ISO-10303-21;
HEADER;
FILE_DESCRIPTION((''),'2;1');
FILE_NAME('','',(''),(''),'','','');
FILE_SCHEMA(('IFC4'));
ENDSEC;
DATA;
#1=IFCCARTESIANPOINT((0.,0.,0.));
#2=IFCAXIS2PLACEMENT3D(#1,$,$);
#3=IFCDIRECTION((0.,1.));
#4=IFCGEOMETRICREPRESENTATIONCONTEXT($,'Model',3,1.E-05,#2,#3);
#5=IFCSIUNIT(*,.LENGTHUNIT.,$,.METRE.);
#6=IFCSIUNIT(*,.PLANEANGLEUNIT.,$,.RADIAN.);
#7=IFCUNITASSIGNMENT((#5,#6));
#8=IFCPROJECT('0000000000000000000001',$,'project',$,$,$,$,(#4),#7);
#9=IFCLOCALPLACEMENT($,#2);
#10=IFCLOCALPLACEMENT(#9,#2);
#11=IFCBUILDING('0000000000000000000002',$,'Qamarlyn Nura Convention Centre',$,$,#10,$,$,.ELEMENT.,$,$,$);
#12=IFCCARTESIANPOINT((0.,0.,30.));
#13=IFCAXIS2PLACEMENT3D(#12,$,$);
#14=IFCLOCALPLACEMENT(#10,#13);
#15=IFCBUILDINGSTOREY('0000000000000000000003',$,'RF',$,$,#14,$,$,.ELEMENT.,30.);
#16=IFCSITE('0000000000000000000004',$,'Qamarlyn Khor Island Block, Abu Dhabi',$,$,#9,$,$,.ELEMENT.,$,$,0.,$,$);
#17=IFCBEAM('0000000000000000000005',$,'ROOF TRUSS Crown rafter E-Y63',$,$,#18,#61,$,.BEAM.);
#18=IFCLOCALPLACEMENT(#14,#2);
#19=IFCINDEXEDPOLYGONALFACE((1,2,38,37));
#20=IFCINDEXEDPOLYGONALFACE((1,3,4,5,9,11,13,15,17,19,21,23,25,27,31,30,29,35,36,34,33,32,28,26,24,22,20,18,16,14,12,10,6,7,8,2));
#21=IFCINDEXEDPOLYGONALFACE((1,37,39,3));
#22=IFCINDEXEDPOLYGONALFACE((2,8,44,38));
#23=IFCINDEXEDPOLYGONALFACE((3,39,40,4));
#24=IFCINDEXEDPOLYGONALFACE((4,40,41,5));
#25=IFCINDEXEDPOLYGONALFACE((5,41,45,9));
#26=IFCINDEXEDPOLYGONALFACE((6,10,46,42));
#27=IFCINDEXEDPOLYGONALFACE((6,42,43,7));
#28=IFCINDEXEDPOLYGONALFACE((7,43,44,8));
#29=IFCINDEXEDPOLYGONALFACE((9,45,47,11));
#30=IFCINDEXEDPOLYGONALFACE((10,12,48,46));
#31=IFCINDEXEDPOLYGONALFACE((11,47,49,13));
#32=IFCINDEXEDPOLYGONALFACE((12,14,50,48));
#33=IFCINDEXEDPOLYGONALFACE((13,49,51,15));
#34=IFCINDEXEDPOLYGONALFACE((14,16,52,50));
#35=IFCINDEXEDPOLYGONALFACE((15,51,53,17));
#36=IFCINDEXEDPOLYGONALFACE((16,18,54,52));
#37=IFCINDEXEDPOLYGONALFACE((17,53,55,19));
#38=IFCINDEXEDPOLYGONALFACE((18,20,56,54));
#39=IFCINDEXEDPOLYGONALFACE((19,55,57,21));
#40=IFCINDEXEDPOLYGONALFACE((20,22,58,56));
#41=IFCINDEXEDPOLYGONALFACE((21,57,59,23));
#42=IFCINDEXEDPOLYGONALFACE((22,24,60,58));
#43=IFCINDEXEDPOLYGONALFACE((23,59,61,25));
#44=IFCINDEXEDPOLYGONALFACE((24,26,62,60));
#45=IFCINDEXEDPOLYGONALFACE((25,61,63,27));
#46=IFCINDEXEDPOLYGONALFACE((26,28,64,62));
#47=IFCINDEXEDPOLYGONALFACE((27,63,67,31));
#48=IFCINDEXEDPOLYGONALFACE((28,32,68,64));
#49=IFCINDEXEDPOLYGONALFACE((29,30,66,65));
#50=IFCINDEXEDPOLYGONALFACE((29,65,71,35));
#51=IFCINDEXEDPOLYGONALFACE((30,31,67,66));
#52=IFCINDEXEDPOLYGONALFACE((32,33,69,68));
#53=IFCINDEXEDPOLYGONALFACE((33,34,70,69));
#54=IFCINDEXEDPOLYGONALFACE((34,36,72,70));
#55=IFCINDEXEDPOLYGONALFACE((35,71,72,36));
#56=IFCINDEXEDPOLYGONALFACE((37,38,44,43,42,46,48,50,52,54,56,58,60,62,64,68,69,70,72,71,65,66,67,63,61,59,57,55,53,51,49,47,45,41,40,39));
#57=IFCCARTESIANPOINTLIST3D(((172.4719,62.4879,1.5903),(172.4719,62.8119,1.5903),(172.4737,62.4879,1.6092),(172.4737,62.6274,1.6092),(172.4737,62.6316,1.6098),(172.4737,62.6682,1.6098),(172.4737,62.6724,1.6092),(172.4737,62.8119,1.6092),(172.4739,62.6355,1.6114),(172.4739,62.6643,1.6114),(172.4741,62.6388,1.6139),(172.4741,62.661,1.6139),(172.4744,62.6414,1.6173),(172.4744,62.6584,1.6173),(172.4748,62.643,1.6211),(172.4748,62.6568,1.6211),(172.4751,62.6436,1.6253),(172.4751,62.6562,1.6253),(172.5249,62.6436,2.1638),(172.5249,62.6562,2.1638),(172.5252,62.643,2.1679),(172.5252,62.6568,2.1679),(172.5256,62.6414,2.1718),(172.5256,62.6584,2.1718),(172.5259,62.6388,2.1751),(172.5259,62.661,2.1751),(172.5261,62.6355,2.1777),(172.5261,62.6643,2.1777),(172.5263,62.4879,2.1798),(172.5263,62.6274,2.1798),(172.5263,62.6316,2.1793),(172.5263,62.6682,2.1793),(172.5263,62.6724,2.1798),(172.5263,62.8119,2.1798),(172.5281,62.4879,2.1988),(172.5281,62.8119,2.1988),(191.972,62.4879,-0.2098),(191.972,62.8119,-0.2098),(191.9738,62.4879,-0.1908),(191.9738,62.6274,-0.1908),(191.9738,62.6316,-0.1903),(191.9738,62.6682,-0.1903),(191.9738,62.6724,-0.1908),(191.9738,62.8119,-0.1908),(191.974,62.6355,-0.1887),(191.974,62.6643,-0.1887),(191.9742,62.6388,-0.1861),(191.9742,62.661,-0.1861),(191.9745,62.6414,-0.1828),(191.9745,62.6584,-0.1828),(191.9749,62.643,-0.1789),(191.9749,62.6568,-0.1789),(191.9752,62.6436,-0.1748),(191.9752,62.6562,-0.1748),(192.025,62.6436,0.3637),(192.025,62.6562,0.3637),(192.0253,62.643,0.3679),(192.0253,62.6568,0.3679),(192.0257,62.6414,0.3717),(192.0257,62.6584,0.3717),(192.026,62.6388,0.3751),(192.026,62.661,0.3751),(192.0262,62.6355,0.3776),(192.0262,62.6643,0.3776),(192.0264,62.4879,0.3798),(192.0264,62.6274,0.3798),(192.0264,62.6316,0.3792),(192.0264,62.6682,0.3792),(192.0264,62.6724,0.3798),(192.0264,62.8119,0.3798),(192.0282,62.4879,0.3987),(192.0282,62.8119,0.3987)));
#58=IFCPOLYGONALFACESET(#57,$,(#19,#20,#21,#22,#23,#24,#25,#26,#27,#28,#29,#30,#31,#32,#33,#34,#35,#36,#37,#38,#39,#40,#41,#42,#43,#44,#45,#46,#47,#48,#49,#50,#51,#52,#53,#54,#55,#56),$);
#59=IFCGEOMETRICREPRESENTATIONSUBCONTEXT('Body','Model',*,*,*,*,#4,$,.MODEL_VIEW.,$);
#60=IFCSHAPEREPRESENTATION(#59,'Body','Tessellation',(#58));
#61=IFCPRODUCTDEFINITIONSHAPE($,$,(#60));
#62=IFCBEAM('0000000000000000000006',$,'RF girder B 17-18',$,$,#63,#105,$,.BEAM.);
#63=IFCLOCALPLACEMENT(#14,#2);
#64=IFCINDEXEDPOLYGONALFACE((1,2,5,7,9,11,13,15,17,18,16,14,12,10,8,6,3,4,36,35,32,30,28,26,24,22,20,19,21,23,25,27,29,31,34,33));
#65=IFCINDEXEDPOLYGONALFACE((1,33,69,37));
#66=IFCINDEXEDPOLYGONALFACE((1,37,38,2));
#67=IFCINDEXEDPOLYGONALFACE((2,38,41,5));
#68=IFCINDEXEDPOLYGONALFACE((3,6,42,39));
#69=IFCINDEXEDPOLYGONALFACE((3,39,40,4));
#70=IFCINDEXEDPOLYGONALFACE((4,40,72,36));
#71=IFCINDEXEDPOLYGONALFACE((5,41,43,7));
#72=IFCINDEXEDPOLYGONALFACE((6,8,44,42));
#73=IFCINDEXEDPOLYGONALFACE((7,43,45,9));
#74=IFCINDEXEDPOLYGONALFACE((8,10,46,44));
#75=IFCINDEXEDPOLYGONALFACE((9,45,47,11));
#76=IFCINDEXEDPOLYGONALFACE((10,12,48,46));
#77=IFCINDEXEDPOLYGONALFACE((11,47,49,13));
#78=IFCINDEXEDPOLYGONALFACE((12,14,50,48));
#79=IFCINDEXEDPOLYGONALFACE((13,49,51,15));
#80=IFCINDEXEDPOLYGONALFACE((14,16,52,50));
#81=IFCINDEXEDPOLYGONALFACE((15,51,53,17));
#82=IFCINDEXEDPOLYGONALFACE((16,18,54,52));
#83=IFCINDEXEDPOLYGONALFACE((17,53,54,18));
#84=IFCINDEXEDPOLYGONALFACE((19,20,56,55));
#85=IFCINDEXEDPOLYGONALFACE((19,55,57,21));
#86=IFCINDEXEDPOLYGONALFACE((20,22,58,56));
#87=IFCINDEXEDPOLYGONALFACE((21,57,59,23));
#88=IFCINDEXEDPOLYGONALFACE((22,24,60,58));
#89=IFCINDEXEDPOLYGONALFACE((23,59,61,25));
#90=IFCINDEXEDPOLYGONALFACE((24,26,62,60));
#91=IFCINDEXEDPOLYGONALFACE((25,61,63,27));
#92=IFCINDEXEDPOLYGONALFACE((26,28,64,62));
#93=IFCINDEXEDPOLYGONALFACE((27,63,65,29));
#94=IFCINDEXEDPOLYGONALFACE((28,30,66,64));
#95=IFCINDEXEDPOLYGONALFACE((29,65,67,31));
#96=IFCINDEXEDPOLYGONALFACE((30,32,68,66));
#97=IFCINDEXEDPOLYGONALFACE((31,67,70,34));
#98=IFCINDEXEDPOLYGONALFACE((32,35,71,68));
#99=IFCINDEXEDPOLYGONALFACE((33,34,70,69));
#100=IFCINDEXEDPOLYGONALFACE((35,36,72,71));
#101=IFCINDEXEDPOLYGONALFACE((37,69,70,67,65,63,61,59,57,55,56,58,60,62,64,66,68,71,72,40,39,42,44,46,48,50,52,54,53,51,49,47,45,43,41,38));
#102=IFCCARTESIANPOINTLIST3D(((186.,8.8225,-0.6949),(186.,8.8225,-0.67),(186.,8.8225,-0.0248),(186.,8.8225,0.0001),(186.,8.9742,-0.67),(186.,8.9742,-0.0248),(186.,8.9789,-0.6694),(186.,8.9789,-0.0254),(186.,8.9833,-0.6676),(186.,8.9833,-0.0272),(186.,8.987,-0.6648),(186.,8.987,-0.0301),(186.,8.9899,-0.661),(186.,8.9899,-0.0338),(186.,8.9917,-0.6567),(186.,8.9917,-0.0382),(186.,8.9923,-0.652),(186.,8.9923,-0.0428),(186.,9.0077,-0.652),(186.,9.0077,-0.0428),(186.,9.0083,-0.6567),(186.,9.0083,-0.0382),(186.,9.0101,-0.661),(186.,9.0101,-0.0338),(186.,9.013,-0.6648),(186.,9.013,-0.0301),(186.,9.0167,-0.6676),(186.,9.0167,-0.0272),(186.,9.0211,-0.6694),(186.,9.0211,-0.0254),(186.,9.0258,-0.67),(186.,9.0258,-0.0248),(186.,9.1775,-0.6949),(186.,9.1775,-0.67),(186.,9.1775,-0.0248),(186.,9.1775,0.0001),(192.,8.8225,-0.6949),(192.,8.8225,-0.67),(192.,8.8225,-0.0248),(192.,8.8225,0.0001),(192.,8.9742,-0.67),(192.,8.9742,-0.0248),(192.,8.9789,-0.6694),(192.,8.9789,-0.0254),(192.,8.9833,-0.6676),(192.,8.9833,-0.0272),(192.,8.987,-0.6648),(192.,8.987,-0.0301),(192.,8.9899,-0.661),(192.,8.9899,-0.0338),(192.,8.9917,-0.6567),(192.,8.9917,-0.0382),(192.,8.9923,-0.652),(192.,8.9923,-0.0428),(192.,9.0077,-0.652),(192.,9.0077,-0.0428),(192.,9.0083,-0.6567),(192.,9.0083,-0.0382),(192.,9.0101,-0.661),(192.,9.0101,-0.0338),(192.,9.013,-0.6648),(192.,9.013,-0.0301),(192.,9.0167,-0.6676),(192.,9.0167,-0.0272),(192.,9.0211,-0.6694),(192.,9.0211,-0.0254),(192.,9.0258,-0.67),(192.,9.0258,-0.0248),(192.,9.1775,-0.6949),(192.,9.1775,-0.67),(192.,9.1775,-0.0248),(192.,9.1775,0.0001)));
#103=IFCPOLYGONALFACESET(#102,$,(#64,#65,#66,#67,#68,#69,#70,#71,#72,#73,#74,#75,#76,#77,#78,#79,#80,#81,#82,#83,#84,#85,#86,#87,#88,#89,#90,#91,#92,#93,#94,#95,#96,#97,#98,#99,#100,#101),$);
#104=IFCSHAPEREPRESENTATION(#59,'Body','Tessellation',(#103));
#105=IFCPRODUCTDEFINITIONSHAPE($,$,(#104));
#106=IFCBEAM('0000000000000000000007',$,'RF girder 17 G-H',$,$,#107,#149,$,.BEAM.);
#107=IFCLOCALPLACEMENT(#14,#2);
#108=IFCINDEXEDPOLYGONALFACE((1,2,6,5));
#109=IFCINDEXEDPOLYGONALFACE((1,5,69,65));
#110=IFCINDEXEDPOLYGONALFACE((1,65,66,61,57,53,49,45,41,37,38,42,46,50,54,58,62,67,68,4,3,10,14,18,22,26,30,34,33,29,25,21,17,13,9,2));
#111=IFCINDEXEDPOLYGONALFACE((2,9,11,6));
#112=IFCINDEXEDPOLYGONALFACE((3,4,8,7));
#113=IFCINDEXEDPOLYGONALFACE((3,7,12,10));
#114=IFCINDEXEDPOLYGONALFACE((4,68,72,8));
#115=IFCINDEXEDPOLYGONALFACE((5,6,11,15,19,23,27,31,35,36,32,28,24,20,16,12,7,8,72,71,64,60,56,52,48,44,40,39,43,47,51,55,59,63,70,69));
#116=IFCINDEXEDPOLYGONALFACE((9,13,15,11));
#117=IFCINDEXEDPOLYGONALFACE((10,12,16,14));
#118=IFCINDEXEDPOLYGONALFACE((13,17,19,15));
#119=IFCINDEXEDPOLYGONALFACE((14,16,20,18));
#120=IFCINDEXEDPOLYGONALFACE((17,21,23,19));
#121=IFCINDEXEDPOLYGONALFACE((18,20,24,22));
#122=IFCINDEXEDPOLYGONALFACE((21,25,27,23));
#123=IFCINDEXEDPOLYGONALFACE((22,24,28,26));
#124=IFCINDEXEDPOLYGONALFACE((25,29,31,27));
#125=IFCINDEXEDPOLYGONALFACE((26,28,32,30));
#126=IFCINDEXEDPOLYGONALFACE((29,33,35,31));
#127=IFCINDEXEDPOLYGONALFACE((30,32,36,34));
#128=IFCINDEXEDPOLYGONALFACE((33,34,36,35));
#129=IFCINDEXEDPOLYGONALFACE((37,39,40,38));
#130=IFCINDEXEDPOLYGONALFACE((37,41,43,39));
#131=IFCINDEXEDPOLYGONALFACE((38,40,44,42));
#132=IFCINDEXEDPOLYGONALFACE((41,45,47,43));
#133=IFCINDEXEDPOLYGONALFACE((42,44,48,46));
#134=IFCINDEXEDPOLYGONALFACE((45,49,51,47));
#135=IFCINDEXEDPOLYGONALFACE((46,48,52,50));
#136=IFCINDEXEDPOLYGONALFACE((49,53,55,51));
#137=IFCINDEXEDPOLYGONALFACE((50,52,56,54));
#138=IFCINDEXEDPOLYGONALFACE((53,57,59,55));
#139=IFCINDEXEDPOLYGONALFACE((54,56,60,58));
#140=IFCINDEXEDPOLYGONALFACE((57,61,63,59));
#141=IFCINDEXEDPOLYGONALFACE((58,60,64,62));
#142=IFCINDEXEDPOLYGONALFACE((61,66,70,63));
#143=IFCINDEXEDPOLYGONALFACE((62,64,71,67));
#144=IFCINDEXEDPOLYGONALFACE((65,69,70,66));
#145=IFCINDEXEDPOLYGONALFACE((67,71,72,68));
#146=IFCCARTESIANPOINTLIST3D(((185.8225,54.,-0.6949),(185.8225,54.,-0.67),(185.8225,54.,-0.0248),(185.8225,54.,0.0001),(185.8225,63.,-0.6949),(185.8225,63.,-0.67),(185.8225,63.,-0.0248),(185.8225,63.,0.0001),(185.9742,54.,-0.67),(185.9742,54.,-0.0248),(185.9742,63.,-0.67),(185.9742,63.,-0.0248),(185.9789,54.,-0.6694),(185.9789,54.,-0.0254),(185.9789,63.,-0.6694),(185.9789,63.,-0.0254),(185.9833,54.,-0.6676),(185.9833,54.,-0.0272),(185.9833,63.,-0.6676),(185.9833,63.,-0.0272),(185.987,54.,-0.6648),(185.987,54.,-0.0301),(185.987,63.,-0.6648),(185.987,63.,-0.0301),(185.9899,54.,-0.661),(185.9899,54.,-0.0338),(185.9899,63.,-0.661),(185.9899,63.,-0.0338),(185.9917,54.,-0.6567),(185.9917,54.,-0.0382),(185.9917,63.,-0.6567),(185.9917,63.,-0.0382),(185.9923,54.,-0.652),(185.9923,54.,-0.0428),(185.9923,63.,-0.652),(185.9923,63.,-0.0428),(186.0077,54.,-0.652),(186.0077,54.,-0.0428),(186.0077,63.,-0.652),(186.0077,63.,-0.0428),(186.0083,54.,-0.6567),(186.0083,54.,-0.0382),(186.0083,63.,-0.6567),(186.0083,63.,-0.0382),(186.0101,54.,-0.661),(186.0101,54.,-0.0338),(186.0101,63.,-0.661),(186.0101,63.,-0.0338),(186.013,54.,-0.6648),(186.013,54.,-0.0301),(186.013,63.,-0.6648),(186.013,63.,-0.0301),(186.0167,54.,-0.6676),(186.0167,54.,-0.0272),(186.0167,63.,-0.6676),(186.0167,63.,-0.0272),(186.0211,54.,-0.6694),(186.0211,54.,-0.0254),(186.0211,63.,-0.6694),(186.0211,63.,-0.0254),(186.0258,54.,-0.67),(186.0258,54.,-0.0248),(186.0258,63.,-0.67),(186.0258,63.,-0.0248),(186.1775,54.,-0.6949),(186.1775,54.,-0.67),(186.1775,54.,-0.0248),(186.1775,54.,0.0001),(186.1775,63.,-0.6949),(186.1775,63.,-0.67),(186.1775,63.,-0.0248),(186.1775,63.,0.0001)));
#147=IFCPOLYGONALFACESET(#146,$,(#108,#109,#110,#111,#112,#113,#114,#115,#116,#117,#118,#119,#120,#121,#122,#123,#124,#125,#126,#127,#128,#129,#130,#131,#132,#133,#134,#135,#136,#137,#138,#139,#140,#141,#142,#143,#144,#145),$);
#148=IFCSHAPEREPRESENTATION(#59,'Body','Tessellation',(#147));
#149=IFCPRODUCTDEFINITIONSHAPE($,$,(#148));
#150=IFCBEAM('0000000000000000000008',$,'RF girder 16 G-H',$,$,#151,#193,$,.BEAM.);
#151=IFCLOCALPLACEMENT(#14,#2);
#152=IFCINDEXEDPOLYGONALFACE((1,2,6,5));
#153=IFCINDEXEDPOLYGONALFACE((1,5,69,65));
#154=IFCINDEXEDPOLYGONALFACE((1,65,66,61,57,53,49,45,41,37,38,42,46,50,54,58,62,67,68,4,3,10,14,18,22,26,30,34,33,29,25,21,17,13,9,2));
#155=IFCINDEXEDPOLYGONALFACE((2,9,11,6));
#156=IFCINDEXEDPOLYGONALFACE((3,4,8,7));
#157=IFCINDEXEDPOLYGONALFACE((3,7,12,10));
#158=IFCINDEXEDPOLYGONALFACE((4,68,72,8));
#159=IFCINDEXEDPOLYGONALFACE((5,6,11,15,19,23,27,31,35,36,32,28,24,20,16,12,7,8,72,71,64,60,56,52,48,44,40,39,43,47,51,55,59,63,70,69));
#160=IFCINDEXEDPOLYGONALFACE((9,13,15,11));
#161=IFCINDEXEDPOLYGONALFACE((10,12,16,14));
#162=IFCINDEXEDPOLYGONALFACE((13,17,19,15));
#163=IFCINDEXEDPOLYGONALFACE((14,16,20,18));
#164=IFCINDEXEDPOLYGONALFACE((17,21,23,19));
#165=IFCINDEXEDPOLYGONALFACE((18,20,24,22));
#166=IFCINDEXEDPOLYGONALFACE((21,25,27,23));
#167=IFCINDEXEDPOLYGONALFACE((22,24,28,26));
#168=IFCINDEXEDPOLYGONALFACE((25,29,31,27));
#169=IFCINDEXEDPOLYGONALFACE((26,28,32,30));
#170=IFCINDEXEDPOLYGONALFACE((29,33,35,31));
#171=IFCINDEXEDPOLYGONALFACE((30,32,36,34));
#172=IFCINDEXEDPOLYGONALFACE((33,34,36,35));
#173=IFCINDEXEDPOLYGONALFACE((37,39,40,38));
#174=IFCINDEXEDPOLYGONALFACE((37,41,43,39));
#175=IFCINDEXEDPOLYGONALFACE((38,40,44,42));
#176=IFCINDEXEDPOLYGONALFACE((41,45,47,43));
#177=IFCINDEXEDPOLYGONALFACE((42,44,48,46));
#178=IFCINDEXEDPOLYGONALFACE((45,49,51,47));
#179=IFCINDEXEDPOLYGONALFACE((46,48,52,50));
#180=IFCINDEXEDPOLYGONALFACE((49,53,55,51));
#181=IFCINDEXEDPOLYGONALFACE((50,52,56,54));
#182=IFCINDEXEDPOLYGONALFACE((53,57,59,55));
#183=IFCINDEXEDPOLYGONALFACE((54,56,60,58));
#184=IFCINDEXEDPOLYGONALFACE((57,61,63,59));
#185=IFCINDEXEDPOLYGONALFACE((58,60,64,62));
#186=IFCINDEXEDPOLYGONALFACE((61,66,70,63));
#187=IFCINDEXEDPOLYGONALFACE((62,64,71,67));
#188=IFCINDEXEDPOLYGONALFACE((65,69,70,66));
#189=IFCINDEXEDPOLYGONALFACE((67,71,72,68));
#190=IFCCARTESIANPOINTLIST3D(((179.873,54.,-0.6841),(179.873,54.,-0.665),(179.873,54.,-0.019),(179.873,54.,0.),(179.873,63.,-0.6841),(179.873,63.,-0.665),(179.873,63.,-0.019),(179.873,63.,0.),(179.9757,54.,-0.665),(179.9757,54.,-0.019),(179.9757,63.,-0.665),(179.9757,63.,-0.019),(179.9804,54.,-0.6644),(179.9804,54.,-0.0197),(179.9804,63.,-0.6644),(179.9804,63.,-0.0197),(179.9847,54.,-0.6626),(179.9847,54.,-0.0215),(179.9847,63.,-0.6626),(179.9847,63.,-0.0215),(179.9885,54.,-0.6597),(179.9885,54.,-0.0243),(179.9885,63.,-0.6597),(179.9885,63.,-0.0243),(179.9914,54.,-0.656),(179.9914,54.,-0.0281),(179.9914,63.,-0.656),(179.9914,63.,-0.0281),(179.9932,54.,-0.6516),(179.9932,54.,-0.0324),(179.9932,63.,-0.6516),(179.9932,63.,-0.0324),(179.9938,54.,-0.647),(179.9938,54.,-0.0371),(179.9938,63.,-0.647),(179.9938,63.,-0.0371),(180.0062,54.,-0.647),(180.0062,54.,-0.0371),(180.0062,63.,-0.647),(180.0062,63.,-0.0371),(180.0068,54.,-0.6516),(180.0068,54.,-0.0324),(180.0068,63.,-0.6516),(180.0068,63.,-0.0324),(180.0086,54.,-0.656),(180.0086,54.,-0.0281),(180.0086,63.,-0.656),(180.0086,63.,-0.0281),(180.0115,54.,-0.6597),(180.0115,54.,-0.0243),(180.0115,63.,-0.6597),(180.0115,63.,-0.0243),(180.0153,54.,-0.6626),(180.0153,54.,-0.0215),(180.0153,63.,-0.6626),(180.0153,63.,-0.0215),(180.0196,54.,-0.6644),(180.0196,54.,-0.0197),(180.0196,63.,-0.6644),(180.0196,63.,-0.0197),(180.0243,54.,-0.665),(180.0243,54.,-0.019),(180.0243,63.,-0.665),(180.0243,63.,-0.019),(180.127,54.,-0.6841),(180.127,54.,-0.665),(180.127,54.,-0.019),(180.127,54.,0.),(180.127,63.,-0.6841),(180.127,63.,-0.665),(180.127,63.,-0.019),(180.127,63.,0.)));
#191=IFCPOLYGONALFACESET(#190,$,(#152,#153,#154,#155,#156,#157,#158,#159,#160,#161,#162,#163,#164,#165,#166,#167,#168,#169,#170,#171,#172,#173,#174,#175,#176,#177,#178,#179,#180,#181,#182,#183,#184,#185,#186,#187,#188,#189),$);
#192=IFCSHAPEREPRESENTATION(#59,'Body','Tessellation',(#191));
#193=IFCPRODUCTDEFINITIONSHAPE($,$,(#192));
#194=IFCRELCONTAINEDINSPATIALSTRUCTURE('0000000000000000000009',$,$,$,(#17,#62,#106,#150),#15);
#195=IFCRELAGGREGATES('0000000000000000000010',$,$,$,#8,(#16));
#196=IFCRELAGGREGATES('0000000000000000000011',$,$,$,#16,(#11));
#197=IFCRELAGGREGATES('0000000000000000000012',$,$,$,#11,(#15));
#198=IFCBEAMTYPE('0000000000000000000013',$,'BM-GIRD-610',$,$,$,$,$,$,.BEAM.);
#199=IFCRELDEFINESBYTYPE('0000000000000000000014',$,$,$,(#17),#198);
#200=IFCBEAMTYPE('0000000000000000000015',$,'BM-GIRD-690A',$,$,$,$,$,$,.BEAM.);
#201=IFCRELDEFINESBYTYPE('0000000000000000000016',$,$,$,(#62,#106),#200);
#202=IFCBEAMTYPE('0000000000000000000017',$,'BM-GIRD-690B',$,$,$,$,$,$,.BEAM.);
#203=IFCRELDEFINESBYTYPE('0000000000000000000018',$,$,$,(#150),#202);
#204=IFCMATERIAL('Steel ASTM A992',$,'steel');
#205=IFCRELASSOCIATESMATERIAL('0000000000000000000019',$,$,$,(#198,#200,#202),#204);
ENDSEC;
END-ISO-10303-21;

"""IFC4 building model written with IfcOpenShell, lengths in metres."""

from ifc_helpers import new_model, si_unit, direction, frame, origin, origin_2d, place, context, subcontext, project, spatial, i_section, extrude, material, material_profile, profile_set, type_object, element, save


model = new_model("IFC4")

# Units and contexts
model_context = context("Model", 3, precision=1e-05, world=origin(), true_north=direction((0.0, 1.0)))
body_context = subcontext(model_context, "Body", "Model", "MODEL_VIEW")
ifc_project = project(units=[si_unit("LENGTHUNIT", "METRE"), si_unit("PLANEANGLEUNIT", "RADIAN")], contexts=[model_context])

# Site, building, storey
site_placement = place(None, origin())
site = spatial("IfcSite", under=ifc_project, at=site_placement, Name="Qamarlyn Khor Island Block, Abu Dhabi", CompositionType="ELEMENT", RefElevation=0.0)
building_placement = place(site_placement, origin())
building = spatial("IfcBuilding", under=site, at=building_placement, Name="Qamarlyn Nura Convention Centre", CompositionType="ELEMENT")
storey_placement = place(building_placement, frame((0.0, 0.0, 30.0)))
storey = spatial("IfcBuildingStorey", under=building, at=storey_placement, Name="RF", CompositionType="ELEMENT", Elevation=30.0)

# Beams
ifc_material_1 = material(Name="Steel ASTM A992", Category="steel")
ifc_material_profile_1 = material_profile(ifc_material_1, i_section(OverallWidth=0.324, OverallDepth=0.6111, WebThickness=0.0127, FlangeThickness=0.019, FilletRadius=0.0161, at=origin_2d()), Name="W610X155")
ifc_profile_set_1 = profile_set([ifc_material_profile_1], Name="Steel ASTM A992")
beam_type_1 = type_object("IfcBeamType", Name="BM-GIRD-610", PredefinedType="BEAM", material=ifc_profile_set_1)
for number, where, z_axis, x_axis, name in (
    (1, (172.5, 62.6499, 1.8945), (0.995766, 0.0, -0.091919), (0.0, 1.0, 0.0), "ROOF TRUSS Crown rafter E-Y63"),
):
    element("IfcBeam", number, at=place(storey_placement, frame(where, z_axis=z_axis, x_axis=x_axis)), inside=storey, type_object=beam_type_1, Name=name, PredefinedType="BEAM", context=body_context, shape_type="SweptSolid", body=[
        extrude(i_section(OverallWidth=0.324, OverallDepth=0.6111, WebThickness=0.0127, FlangeThickness=0.019, FilletRadius=0.0161, at=origin_2d()), origin(), (0.0, 0.0, 1.0), 19.583),
    ])
ifc_material_profile_2 = material_profile(ifc_material_1, i_section(OverallWidth=0.355, OverallDepth=0.6951, WebThickness=0.0154, FlangeThickness=0.0249, FilletRadius=0.0181, at=origin_2d()), Name="W690X217")
ifc_profile_set_2 = profile_set([ifc_material_profile_2], Name="Steel ASTM A992")
beam_type_2 = type_object("IfcBeamType", Name="BM-GIRD-690A", PredefinedType="BEAM", material=ifc_profile_set_2)
beam_1_placement = place(storey_placement, frame((186.0, 9.0, -0.3474), z_axis=(1.0, 0.0, 0.0), x_axis=(0.0, 1.0, 0.0)))
element("IfcBeam", 2, at=beam_1_placement, inside=storey, type_object=beam_type_2, Name="RF girder B 17-18", PredefinedType="BEAM", context=body_context, shape_type="SweptSolid", body=[
    extrude(i_section(OverallWidth=0.355, OverallDepth=0.6951, WebThickness=0.0154, FlangeThickness=0.0249, FilletRadius=0.0181, at=origin_2d()), origin(), (0.0, 0.0, 1.0), 6.0),
])
beam_2_placement = place(storey_placement, frame((186.0, 54.0, -0.3474), z_axis=(0.0, 1.0, 0.0), x_axis=(-1.0, 0.0, 0.0)))
element("IfcBeam", 3, at=beam_2_placement, inside=storey, type_object=beam_type_2, Name="RF girder 17 G-H", PredefinedType="BEAM", context=body_context, shape_type="SweptSolid", body=[
    extrude(i_section(OverallWidth=0.355, OverallDepth=0.6951, WebThickness=0.0154, FlangeThickness=0.0249, FilletRadius=0.0181, at=origin_2d()), origin(), (0.0, 0.0, 1.0), 9.0),
])
ifc_material_profile_3 = material_profile(ifc_material_1, i_section(OverallWidth=0.2539, OverallDepth=0.6841, WebThickness=0.0125, FlangeThickness=0.019, FilletRadius=0.0181, at=origin_2d()), Name="W690X140")
ifc_profile_set_3 = profile_set([ifc_material_profile_3], Name="Steel ASTM A992")
beam_type_3 = type_object("IfcBeamType", Name="BM-GIRD-690B", PredefinedType="BEAM", material=ifc_profile_set_3)
for number, where, z_axis, x_axis, name in (
    (4, (180.0, 54.0, -0.342), (0.0, 1.0, 0.0), (-1.0, 0.0, 0.0), "RF girder 16 G-H"),
):
    element("IfcBeam", number, at=place(storey_placement, frame(where, z_axis=z_axis, x_axis=x_axis)), inside=storey, type_object=beam_type_3, Name=name, PredefinedType="BEAM", context=body_context, shape_type="SweptSolid", body=[
        extrude(i_section(OverallWidth=0.2539, OverallDepth=0.6841, WebThickness=0.0125, FlangeThickness=0.019, FilletRadius=0.0181, at=origin_2d()), origin(), (0.0, 0.0, 1.0), 9.0),
    ])

save(model, "model.ifc")
